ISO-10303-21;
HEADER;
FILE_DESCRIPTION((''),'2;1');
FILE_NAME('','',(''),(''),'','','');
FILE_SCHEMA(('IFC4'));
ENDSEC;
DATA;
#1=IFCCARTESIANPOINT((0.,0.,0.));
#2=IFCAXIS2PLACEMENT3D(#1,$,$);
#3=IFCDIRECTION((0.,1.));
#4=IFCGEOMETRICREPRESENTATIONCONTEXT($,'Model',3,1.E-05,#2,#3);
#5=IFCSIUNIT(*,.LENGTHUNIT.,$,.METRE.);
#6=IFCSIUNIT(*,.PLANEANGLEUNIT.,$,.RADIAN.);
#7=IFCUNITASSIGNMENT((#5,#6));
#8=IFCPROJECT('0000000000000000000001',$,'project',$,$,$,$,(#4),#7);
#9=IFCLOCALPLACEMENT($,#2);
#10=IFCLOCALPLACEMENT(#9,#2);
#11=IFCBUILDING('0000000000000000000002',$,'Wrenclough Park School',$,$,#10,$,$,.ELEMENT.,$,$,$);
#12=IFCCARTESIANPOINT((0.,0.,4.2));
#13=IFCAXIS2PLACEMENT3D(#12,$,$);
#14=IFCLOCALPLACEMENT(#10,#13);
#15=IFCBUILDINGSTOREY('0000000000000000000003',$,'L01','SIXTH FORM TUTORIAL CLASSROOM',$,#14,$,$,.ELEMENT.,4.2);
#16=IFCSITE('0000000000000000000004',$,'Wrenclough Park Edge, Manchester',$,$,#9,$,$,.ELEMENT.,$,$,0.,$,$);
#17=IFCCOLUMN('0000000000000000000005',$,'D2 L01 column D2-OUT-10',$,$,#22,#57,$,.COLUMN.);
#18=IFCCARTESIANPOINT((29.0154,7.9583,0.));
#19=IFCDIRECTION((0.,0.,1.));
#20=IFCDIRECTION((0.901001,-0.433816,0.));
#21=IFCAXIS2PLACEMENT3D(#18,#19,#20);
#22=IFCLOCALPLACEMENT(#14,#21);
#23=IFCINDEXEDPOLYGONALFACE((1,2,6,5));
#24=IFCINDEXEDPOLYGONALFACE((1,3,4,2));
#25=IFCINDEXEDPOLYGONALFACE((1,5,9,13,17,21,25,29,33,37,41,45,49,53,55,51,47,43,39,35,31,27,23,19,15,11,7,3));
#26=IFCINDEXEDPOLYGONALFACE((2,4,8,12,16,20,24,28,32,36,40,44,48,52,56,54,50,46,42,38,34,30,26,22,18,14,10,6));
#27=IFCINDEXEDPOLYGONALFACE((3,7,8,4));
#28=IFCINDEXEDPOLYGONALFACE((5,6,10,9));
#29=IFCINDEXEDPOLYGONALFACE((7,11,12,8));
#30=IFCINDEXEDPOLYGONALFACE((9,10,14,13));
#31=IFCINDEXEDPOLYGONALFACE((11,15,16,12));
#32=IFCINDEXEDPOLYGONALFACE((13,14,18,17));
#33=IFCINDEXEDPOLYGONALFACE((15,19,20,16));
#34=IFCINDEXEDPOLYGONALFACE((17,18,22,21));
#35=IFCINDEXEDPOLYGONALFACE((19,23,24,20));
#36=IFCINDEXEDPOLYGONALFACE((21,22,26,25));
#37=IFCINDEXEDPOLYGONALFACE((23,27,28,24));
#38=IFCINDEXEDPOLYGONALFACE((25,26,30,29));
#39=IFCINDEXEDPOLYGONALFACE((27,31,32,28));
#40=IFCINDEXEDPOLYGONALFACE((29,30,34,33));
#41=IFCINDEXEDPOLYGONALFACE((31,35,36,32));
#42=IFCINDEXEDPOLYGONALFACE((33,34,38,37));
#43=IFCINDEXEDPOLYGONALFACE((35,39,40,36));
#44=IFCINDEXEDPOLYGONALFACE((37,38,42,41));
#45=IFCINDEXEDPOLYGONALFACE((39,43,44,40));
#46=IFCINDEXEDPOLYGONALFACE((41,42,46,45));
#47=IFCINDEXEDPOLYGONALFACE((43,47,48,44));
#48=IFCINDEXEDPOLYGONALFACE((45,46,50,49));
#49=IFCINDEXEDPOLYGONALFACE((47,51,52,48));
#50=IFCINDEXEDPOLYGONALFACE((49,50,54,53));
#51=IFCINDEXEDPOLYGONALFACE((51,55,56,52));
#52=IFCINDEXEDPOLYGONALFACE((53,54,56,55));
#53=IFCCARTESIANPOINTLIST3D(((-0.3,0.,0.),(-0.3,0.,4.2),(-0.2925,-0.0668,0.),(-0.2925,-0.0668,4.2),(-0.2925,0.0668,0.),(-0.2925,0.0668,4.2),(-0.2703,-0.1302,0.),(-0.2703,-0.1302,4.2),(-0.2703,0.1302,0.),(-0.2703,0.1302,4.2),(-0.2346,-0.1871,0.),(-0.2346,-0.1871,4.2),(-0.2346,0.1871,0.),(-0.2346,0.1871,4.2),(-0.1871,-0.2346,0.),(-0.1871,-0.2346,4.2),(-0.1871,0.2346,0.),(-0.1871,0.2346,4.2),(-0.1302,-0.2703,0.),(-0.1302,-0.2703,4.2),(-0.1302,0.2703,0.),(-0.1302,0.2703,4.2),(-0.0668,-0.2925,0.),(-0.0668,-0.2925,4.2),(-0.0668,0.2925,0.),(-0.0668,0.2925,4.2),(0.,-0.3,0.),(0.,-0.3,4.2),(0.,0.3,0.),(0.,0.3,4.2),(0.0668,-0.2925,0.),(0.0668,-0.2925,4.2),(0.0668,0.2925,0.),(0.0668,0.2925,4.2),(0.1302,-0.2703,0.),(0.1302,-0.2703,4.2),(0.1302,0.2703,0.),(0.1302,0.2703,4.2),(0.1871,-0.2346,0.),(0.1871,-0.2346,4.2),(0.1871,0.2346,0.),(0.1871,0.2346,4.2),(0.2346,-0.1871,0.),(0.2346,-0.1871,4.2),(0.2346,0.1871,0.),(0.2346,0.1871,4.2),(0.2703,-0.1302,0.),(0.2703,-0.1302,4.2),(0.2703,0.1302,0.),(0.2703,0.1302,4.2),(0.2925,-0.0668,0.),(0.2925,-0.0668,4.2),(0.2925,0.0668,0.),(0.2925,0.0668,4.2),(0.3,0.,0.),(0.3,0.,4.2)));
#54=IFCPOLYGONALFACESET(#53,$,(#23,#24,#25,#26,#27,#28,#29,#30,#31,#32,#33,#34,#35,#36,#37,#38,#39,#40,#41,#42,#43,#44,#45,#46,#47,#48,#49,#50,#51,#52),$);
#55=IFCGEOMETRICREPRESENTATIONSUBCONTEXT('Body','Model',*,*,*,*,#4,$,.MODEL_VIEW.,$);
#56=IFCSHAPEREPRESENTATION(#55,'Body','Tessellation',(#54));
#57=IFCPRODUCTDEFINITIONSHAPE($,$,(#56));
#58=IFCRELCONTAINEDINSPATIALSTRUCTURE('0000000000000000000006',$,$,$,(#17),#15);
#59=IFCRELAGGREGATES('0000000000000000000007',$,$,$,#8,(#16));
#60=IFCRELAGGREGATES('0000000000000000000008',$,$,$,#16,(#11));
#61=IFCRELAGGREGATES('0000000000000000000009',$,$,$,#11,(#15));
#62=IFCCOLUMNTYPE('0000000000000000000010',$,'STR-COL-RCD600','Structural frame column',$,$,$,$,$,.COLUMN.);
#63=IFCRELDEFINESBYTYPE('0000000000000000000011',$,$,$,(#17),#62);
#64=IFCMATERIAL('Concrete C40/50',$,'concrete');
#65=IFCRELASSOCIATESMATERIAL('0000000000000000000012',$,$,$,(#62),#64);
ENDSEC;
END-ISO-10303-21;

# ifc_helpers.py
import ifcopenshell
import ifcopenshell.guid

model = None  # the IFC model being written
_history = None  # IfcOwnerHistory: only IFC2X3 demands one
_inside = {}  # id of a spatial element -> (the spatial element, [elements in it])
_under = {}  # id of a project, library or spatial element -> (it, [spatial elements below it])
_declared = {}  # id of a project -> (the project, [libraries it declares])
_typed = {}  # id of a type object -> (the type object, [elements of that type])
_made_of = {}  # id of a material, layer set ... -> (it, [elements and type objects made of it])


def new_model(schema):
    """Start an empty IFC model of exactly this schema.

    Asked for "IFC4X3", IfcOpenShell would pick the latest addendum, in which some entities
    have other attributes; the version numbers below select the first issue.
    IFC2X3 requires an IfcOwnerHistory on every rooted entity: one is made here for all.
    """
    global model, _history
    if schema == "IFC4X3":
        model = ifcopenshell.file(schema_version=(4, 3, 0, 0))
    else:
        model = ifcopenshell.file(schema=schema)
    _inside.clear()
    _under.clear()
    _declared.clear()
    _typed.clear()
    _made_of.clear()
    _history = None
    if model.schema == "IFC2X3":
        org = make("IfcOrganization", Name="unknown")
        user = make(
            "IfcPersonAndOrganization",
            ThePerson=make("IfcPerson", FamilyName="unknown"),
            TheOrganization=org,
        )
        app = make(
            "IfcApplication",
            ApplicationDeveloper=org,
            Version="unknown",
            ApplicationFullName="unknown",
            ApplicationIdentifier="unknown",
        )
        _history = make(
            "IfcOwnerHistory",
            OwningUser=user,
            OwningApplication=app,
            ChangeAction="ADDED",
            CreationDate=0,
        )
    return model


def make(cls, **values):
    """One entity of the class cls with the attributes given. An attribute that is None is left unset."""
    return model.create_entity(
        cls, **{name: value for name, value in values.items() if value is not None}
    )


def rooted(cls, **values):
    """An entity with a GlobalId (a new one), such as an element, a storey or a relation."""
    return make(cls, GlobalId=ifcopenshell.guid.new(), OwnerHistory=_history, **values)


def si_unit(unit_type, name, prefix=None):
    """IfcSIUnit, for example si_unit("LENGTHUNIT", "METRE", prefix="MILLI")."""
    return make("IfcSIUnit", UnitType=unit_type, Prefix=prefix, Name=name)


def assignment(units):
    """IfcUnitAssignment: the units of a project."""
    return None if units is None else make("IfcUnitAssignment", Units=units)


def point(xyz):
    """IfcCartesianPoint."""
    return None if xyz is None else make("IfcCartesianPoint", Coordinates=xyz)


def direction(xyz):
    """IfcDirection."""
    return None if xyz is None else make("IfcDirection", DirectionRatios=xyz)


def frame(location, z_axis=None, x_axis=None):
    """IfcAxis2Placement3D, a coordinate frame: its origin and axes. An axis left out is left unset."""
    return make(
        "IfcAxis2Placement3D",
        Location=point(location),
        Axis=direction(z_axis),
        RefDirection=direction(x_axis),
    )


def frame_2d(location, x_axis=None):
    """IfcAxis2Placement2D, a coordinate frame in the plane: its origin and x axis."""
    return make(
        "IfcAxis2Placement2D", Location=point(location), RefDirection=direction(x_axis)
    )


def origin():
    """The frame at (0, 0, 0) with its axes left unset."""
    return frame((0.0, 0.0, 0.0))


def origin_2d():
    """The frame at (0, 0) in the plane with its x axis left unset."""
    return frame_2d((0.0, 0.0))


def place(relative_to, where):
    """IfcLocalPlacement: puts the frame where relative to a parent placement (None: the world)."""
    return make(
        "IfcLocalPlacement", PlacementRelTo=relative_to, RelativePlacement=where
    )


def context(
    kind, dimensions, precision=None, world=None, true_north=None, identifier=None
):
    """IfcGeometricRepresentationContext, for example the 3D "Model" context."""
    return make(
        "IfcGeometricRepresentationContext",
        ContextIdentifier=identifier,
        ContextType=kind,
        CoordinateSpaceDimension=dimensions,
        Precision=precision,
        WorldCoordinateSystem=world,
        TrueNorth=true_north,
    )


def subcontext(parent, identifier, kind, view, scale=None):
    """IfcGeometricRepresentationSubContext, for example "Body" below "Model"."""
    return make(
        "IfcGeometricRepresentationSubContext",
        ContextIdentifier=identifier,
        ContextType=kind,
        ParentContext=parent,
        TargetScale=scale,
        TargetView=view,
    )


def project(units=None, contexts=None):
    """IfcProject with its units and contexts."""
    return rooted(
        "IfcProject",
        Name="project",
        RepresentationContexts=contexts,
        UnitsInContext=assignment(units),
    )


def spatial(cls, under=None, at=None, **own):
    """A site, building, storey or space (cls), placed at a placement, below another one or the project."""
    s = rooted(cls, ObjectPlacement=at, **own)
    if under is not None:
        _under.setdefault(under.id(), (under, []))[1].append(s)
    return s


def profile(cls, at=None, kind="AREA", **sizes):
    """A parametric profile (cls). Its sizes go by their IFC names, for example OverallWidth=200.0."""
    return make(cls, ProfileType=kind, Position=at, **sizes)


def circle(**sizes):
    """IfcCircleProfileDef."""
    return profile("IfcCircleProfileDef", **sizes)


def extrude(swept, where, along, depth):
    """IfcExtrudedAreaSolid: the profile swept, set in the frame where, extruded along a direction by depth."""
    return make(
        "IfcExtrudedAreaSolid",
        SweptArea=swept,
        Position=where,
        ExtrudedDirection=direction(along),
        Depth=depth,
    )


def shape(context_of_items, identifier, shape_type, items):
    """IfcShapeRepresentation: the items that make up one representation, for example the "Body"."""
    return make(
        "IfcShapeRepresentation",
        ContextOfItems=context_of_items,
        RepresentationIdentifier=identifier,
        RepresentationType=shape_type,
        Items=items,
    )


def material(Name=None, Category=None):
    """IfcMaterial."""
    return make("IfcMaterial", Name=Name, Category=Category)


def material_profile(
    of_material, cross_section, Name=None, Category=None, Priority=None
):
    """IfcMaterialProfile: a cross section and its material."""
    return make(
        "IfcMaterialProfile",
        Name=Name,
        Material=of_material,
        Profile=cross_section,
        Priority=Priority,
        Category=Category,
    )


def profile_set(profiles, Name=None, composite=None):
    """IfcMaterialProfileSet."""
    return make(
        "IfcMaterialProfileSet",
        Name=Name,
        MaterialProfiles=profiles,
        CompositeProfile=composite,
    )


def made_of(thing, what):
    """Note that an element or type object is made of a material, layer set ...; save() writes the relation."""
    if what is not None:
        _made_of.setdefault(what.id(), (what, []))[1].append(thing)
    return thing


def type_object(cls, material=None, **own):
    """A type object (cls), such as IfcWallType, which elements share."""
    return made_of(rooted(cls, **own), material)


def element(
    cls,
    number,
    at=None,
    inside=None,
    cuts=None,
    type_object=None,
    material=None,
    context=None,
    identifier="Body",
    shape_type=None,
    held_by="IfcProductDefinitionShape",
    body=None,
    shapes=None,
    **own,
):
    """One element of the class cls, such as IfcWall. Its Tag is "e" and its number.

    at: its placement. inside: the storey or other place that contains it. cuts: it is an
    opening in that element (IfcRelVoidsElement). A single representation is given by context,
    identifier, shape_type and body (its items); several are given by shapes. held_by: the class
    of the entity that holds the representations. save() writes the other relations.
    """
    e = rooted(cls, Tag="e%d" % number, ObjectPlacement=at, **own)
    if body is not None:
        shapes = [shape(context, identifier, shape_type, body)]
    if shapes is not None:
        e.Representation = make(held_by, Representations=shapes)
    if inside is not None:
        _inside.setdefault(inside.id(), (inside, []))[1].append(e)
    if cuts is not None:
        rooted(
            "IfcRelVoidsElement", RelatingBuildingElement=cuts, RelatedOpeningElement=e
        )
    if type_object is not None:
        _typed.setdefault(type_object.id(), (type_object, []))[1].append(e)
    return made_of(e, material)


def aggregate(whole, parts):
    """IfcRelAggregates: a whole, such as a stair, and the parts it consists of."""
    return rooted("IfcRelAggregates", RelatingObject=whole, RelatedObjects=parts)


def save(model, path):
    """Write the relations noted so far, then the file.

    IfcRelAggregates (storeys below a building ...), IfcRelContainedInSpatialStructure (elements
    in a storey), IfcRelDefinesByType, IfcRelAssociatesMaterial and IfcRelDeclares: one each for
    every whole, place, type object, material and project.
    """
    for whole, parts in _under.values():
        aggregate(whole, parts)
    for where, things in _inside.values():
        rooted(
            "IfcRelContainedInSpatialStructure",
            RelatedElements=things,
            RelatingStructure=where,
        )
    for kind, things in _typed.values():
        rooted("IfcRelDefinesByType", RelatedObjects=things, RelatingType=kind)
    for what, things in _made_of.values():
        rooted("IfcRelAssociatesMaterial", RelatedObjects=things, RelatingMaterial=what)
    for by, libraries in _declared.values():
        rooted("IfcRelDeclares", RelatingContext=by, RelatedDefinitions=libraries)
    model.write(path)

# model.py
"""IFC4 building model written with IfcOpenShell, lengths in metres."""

from ifc_helpers import new_model, si_unit, direction, frame, origin, origin_2d, place, context, subcontext, project, spatial, circle, extrude, material, material_profile, profile_set, type_object, element, save


model = new_model("IFC4")

# Units and contexts
model_context = context("Model", 3, precision=1e-05, world=origin(), true_north=direction((0.0, 1.0)))
body_context = subcontext(model_context, "Body", "Model", "MODEL_VIEW")
ifc_project = project(units=[si_unit("LENGTHUNIT", "METRE"), si_unit("PLANEANGLEUNIT", "RADIAN")], contexts=[model_context])

# Site, building, storey
site_placement = place(None, origin())
site = spatial("IfcSite", under=ifc_project, at=site_placement, Name="Wrenclough Park Edge, Manchester", CompositionType="ELEMENT", RefElevation=0.0)
building_placement = place(site_placement, origin())
building = spatial("IfcBuilding", under=site, at=building_placement, Name="Wrenclough Park School", CompositionType="ELEMENT")
storey_placement = place(building_placement, frame((0.0, 0.0, 4.2)))
storey = spatial("IfcBuildingStorey", under=building, at=storey_placement, Name="L01", Description="SIXTH FORM TUTORIAL CLASSROOM", CompositionType="ELEMENT", Elevation=4.2)

# Column
ifc_material_1 = material(Name="Concrete C40/50", Category="concrete")
ifc_material_profile_1 = material_profile(ifc_material_1, circle(Radius=0.3, at=origin_2d()), Name="RC COL D600")
ifc_profile_set_1 = profile_set([ifc_material_profile_1], Name="Concrete C40/50")
column_type = type_object("IfcColumnType", Name="STR-COL-RCD600", Description="Structural frame column", PredefinedType="COLUMN", material=ifc_profile_set_1)
column_placement = place(storey_placement, frame((29.0154, 7.9583, 0.0), z_axis=(0.0, 0.0, 1.0), x_axis=(0.901001, -0.433816, 0.0)))
element("IfcColumn", 1, at=column_placement, inside=storey, type_object=column_type, Name="D2 L01 column D2-OUT-10", PredefinedType="COLUMN", context=body_context, shape_type="SweptSolid", body=[
    extrude(circle(Radius=0.3, at=origin_2d()), origin(), (0.0, 0.0, 1.0), 4.2),
])

save(model, "model.ifc")
